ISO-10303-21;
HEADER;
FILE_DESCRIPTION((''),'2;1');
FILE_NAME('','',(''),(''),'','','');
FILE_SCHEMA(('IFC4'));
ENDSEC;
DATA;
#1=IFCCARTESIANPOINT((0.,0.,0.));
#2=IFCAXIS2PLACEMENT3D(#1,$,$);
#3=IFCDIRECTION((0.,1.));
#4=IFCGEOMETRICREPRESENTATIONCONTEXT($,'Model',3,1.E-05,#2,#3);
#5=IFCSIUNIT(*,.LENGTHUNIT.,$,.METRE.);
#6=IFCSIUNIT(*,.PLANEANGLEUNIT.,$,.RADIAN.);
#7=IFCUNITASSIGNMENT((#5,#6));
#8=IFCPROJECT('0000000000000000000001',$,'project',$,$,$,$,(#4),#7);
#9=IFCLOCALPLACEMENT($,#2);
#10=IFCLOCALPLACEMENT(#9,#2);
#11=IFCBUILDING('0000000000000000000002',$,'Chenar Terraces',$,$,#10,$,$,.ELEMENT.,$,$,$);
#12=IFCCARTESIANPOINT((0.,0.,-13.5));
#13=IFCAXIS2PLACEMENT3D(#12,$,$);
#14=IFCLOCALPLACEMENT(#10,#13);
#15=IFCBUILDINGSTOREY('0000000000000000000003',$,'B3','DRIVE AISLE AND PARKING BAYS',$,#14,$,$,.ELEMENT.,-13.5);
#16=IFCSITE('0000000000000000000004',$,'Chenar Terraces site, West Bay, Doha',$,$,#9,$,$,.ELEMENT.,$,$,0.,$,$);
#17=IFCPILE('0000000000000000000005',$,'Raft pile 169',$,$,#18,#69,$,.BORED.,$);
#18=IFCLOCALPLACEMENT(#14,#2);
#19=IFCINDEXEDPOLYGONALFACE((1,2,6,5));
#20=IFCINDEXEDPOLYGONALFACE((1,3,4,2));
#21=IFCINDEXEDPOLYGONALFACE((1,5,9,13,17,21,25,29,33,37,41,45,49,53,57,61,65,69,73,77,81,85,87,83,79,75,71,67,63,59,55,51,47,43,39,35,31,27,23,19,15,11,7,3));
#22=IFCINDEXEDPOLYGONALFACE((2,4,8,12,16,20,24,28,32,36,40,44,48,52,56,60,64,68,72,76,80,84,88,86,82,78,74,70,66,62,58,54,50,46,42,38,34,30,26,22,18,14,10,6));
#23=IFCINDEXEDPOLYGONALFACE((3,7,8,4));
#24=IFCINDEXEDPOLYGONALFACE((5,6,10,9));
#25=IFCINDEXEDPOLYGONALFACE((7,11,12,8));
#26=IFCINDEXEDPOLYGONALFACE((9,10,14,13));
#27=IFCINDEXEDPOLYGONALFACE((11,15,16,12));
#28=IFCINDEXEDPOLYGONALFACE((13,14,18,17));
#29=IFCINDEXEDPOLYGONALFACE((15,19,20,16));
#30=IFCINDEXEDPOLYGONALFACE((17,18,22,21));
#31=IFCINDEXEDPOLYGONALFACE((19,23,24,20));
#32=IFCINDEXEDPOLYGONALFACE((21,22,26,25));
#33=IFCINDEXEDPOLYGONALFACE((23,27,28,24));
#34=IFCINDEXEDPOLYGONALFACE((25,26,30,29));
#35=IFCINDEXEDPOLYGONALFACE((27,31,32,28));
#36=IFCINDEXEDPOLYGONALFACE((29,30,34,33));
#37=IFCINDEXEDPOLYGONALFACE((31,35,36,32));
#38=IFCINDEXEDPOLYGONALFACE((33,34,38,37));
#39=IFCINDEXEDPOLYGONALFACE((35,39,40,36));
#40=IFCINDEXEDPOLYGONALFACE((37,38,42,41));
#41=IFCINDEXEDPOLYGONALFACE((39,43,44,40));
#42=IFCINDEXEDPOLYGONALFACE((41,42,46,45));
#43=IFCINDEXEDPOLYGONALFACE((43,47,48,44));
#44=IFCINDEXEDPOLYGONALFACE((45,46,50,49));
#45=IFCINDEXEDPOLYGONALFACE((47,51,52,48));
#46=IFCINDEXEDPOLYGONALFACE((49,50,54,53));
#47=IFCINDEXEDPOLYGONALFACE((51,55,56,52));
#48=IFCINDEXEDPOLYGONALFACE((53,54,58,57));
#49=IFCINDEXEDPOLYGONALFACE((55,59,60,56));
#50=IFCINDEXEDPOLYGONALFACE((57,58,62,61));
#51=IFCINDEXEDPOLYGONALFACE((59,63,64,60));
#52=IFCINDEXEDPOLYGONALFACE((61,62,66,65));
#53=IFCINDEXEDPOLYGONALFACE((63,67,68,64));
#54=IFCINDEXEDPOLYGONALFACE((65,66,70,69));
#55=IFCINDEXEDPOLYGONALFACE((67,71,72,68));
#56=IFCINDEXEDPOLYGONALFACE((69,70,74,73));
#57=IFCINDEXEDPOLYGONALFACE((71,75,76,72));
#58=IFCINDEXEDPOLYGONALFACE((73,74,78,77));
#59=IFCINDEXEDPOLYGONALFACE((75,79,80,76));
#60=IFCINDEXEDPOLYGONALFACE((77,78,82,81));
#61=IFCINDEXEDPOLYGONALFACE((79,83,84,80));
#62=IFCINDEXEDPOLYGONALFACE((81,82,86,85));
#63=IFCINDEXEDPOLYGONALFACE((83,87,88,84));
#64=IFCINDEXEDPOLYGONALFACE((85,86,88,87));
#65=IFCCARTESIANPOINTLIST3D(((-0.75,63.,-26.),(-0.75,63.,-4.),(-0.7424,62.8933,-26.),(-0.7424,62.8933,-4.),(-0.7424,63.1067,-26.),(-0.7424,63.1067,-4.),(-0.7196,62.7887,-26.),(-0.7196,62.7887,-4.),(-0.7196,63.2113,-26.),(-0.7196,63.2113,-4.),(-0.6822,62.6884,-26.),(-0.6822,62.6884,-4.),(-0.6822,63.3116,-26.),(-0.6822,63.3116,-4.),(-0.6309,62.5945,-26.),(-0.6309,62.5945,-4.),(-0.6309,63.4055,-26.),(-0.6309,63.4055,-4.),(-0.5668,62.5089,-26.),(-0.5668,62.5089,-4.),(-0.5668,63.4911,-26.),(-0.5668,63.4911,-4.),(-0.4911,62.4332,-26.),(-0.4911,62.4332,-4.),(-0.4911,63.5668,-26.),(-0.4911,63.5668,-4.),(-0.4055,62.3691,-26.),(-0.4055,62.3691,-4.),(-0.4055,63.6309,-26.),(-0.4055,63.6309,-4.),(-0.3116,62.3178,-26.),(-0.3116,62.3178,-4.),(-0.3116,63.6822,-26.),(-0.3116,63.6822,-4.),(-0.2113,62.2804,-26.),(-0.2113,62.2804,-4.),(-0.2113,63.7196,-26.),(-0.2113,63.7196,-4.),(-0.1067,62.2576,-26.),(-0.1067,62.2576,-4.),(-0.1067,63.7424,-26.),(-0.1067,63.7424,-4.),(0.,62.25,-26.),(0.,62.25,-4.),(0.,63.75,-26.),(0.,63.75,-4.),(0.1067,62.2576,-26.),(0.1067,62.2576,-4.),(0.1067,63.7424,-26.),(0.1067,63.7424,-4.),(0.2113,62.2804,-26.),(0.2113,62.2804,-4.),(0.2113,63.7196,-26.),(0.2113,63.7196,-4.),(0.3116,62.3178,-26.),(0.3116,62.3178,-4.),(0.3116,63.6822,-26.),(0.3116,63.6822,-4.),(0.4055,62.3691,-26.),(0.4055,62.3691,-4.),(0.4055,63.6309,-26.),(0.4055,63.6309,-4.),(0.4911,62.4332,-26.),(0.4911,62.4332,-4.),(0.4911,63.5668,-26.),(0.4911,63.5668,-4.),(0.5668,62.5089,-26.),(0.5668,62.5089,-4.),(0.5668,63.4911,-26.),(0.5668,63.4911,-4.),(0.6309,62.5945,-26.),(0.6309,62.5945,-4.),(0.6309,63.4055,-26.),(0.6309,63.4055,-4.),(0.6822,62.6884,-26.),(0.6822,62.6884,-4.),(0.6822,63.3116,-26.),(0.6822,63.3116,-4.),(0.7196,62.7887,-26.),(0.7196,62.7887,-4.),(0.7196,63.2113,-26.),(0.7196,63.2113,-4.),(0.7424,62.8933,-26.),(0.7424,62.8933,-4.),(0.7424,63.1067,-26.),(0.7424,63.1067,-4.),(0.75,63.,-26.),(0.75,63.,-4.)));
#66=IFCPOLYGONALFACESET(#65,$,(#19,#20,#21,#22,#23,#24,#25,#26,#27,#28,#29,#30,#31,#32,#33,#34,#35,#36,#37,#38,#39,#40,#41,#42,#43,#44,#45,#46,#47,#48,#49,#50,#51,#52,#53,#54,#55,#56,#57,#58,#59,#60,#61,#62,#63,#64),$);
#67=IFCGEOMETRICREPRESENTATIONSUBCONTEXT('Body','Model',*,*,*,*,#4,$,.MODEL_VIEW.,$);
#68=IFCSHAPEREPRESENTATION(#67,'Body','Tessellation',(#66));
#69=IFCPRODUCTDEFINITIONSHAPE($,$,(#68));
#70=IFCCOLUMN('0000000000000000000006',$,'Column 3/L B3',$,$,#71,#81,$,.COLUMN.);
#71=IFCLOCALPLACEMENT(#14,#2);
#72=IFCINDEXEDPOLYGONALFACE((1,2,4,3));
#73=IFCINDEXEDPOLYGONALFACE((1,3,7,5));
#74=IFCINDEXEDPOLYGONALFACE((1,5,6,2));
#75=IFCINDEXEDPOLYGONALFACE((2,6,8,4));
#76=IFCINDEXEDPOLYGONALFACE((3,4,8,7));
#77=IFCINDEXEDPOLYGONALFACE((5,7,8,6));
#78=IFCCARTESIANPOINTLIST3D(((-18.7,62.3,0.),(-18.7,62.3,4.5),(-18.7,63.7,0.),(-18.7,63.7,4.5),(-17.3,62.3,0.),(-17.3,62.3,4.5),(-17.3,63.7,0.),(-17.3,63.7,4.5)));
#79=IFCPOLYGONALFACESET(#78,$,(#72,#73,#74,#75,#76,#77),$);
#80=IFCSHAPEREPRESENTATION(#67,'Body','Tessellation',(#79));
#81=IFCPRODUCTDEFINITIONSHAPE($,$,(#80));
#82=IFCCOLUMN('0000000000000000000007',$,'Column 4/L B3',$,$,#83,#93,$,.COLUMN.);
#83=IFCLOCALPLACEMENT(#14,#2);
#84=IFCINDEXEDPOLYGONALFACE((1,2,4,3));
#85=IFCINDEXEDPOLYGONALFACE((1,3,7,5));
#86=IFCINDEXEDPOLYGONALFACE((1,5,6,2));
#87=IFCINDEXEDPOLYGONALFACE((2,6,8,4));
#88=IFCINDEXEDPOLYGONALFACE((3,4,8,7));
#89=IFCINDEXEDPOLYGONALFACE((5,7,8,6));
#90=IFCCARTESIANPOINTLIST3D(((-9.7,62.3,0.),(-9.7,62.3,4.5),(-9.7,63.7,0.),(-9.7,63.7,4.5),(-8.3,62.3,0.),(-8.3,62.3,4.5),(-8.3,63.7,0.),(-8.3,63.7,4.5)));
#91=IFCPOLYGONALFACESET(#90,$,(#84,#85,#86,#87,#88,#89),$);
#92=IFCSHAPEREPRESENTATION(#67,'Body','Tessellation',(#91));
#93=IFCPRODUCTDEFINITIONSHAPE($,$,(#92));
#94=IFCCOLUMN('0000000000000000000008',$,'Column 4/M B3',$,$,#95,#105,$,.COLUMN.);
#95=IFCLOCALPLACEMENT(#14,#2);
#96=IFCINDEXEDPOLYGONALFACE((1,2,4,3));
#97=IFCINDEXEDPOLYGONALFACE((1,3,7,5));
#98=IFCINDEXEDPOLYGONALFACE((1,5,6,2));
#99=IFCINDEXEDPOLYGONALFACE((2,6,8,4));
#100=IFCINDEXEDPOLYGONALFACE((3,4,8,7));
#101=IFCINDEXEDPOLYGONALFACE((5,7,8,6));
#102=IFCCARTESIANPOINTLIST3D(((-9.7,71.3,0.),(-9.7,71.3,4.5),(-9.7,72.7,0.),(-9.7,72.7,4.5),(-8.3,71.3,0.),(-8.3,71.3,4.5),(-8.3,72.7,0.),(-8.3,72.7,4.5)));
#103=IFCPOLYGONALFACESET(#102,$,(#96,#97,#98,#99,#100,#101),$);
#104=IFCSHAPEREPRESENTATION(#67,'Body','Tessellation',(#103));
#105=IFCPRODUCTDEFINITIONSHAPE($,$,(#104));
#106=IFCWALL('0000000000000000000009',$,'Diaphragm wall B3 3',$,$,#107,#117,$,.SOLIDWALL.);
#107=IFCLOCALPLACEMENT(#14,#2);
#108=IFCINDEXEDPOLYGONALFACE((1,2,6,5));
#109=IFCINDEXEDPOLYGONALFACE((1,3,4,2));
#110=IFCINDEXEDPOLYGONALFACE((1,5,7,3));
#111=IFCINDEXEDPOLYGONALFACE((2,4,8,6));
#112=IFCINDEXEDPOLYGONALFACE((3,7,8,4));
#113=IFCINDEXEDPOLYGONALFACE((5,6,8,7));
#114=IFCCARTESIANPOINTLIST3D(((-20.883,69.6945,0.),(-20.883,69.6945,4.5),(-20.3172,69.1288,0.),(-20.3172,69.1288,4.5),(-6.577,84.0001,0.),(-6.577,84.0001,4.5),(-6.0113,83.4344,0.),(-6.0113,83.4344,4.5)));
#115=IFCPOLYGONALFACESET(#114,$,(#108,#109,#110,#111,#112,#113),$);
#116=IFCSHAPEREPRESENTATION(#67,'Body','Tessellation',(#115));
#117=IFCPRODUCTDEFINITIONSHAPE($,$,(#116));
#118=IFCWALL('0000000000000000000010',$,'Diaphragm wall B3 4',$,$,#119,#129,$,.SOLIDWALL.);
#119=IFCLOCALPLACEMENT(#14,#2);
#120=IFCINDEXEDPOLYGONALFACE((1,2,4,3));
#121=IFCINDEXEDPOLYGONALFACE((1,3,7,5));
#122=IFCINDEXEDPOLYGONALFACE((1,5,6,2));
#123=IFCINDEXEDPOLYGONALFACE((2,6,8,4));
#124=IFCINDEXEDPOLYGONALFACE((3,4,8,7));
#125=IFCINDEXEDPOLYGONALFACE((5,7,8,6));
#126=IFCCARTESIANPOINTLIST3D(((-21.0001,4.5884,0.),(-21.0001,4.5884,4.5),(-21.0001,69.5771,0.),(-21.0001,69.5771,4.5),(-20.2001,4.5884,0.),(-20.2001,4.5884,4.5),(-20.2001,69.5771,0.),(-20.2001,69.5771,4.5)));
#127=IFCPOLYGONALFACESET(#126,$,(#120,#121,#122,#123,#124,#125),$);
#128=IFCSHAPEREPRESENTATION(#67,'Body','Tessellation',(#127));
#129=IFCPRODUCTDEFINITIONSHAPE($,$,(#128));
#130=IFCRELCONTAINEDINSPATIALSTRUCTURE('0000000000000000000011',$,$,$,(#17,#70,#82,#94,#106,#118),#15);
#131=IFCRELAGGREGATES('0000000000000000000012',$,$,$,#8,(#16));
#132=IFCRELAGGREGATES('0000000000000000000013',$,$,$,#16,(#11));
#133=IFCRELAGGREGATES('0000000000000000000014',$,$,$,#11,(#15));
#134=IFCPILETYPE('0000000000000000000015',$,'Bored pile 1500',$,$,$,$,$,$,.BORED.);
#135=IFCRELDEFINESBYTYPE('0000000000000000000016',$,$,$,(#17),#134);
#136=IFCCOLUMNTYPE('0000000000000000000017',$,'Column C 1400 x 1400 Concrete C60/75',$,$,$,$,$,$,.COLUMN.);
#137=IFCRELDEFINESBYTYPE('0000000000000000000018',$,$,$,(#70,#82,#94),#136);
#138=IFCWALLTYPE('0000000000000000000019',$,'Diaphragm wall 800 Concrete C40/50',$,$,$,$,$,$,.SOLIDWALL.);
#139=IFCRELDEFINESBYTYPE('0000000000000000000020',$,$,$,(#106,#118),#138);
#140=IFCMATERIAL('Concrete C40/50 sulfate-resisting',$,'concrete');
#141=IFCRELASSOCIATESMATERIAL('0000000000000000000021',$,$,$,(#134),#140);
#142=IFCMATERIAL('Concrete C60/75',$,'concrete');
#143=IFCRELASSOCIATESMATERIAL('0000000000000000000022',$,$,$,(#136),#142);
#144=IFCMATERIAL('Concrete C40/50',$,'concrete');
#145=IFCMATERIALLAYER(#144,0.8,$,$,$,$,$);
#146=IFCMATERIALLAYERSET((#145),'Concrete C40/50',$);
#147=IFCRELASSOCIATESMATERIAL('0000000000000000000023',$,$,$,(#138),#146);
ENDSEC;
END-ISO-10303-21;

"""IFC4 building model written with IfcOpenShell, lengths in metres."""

from ifc_helpers import new_model, si_unit, direction, frame, frame_2d, origin, origin_2d, place, context, subcontext, project, spatial, rectangle, circle, extrude, material, layer, layer_set, material_profile, profile_set, type_object, element, save


model = new_model("IFC4")

# Units and contexts
model_context = context("Model", 3, precision=1e-05, world=origin(), true_north=direction((0.0, 1.0)))
body_context = subcontext(model_context, "Body", "Model", "MODEL_VIEW")
ifc_project = project(units=[si_unit("LENGTHUNIT", "METRE"), si_unit("PLANEANGLEUNIT", "RADIAN")], contexts=[model_context])

# Site, building, storey
site_placement = place(None, origin())
site = spatial("IfcSite", under=ifc_project, at=site_placement, Name="Chenar Terraces site, West Bay, Doha", CompositionType="ELEMENT", RefElevation=0.0)
building_placement = place(site_placement, origin())
building = spatial("IfcBuilding", under=site, at=building_placement, Name="Chenar Terraces", CompositionType="ELEMENT")
storey_placement = place(building_placement, frame((0.0, 0.0, -13.5)))
storey = spatial("IfcBuildingStorey", under=building, at=storey_placement, Name="B3", Description="DRIVE AISLE AND PARKING BAYS", CompositionType="ELEMENT", Elevation=-13.5)

# Pile
ifc_material_1 = material(Name="Concrete C40/50 sulfate-resisting", Category="concrete")
ifc_material_profile_1 = material_profile(ifc_material_1, circle(Radius=0.75, at=origin_2d()), Name="BP 1500")
ifc_profile_set_1 = profile_set([ifc_material_profile_1], Name="Concrete C40/50 sulfate-resisting")
pile_type_1 = type_object("IfcPileType", Name="Bored pile 1500", PredefinedType="BORED", material=ifc_profile_set_1)
for number, where, z_axis, x_axis, name in (
    (1, (0.0, 63.0, -4.0), (0.0, 0.0, -1.0), (1.0, 0.0, 0.0), "Raft pile 169"),
):
    element("IfcPile", number, at=place(storey_placement, frame(where, z_axis=z_axis, x_axis=x_axis)), inside=storey, type_object=pile_type_1, Name=name, PredefinedType="BORED", context=body_context, shape_type="SweptSolid", body=[
        extrude(circle(Radius=0.75, at=origin_2d()), origin(), (0.0, 0.0, 1.0), 22.0),
    ])

# Columns
ifc_material_2 = material(Name="Concrete C60/75", Category="concrete")
ifc_material_profile_2 = material_profile(ifc_material_2, rectangle(XDim=1.3999, YDim=1.3999, at=origin_2d()), Name="C 1400 x 1400")
ifc_profile_set_2 = profile_set([ifc_material_profile_2], Name="Concrete C60/75")
column_type = type_object("IfcColumnType", Name="Column C 1400 x 1400 Concrete C60/75", PredefinedType="COLUMN", material=ifc_profile_set_2)
for number, where, z_axis, x_axis, name in (
    (2, (-18.0, 63.0, 0.0), (0.0, 0.0, 1.0), (1.0, 0.0, 0.0), "Column 3/L B3"),
    (3, (-9.0, 63.0, 0.0), (0.0, 0.0, 1.0), (1.0, 0.0, 0.0), "Column 4/L B3"),
    (4, (-9.0, 72.0, 0.0), (0.0, 0.0, 1.0), (1.0, 0.0, 0.0), "Column 4/M B3"),
):
    element("IfcColumn", number, at=place(storey_placement, frame(where, z_axis=z_axis, x_axis=x_axis)), inside=storey, type_object=column_type, Name=name, PredefinedType="COLUMN", context=body_context, shape_type="SweptSolid", body=[
        extrude(rectangle(XDim=1.3999, YDim=1.3999, at=origin_2d()), origin(), (0.0, 0.0, 1.0), 4.5),
    ])

# Walls
ifc_material_3 = material(Name="Concrete C40/50", Category="concrete")
ifc_layer = layer(ifc_material_3, 0.8)
ifc_layer_set = layer_set([ifc_layer], Name="Concrete C40/50")
wall_type = type_object("IfcWallType", Name="Diaphragm wall 800 Concrete C40/50", PredefinedType="SOLIDWALL", material=ifc_layer_set)
wall_1_placement = place(storey_placement, frame((-6.2942, 83.7173, 0.0), z_axis=(0.0, 0.0, 1.0), x_axis=(-0.707113, -0.707101, 0.0)))
element("IfcWall", 5, at=wall_1_placement, inside=storey, type_object=wall_type, Name="Diaphragm wall B3 3", PredefinedType="SOLIDWALL", context=body_context, shape_type="SweptSolid", body=[
    extrude(rectangle(XDim=20.2314, YDim=0.8, at=frame_2d((10.1157, 0.0))), origin(), (0.0, 0.0, 1.0), 4.5),
])
wall_2_placement = place(storey_placement, frame((-20.6001, 69.5771, 0.0), z_axis=(0.0, 0.0, 1.0), x_axis=(0.0, -1.0, 0.0)))
element("IfcWall", 6, at=wall_2_placement, inside=storey, type_object=wall_type, Name="Diaphragm wall B3 4", PredefinedType="SOLIDWALL", context=body_context, shape_type="SweptSolid", body=[
    extrude(rectangle(XDim=64.9888, YDim=0.8, at=frame_2d((32.4944, 0.0))), origin(), (0.0, 0.0, 1.0), 4.5),
])

save(model, "model.ifc")
